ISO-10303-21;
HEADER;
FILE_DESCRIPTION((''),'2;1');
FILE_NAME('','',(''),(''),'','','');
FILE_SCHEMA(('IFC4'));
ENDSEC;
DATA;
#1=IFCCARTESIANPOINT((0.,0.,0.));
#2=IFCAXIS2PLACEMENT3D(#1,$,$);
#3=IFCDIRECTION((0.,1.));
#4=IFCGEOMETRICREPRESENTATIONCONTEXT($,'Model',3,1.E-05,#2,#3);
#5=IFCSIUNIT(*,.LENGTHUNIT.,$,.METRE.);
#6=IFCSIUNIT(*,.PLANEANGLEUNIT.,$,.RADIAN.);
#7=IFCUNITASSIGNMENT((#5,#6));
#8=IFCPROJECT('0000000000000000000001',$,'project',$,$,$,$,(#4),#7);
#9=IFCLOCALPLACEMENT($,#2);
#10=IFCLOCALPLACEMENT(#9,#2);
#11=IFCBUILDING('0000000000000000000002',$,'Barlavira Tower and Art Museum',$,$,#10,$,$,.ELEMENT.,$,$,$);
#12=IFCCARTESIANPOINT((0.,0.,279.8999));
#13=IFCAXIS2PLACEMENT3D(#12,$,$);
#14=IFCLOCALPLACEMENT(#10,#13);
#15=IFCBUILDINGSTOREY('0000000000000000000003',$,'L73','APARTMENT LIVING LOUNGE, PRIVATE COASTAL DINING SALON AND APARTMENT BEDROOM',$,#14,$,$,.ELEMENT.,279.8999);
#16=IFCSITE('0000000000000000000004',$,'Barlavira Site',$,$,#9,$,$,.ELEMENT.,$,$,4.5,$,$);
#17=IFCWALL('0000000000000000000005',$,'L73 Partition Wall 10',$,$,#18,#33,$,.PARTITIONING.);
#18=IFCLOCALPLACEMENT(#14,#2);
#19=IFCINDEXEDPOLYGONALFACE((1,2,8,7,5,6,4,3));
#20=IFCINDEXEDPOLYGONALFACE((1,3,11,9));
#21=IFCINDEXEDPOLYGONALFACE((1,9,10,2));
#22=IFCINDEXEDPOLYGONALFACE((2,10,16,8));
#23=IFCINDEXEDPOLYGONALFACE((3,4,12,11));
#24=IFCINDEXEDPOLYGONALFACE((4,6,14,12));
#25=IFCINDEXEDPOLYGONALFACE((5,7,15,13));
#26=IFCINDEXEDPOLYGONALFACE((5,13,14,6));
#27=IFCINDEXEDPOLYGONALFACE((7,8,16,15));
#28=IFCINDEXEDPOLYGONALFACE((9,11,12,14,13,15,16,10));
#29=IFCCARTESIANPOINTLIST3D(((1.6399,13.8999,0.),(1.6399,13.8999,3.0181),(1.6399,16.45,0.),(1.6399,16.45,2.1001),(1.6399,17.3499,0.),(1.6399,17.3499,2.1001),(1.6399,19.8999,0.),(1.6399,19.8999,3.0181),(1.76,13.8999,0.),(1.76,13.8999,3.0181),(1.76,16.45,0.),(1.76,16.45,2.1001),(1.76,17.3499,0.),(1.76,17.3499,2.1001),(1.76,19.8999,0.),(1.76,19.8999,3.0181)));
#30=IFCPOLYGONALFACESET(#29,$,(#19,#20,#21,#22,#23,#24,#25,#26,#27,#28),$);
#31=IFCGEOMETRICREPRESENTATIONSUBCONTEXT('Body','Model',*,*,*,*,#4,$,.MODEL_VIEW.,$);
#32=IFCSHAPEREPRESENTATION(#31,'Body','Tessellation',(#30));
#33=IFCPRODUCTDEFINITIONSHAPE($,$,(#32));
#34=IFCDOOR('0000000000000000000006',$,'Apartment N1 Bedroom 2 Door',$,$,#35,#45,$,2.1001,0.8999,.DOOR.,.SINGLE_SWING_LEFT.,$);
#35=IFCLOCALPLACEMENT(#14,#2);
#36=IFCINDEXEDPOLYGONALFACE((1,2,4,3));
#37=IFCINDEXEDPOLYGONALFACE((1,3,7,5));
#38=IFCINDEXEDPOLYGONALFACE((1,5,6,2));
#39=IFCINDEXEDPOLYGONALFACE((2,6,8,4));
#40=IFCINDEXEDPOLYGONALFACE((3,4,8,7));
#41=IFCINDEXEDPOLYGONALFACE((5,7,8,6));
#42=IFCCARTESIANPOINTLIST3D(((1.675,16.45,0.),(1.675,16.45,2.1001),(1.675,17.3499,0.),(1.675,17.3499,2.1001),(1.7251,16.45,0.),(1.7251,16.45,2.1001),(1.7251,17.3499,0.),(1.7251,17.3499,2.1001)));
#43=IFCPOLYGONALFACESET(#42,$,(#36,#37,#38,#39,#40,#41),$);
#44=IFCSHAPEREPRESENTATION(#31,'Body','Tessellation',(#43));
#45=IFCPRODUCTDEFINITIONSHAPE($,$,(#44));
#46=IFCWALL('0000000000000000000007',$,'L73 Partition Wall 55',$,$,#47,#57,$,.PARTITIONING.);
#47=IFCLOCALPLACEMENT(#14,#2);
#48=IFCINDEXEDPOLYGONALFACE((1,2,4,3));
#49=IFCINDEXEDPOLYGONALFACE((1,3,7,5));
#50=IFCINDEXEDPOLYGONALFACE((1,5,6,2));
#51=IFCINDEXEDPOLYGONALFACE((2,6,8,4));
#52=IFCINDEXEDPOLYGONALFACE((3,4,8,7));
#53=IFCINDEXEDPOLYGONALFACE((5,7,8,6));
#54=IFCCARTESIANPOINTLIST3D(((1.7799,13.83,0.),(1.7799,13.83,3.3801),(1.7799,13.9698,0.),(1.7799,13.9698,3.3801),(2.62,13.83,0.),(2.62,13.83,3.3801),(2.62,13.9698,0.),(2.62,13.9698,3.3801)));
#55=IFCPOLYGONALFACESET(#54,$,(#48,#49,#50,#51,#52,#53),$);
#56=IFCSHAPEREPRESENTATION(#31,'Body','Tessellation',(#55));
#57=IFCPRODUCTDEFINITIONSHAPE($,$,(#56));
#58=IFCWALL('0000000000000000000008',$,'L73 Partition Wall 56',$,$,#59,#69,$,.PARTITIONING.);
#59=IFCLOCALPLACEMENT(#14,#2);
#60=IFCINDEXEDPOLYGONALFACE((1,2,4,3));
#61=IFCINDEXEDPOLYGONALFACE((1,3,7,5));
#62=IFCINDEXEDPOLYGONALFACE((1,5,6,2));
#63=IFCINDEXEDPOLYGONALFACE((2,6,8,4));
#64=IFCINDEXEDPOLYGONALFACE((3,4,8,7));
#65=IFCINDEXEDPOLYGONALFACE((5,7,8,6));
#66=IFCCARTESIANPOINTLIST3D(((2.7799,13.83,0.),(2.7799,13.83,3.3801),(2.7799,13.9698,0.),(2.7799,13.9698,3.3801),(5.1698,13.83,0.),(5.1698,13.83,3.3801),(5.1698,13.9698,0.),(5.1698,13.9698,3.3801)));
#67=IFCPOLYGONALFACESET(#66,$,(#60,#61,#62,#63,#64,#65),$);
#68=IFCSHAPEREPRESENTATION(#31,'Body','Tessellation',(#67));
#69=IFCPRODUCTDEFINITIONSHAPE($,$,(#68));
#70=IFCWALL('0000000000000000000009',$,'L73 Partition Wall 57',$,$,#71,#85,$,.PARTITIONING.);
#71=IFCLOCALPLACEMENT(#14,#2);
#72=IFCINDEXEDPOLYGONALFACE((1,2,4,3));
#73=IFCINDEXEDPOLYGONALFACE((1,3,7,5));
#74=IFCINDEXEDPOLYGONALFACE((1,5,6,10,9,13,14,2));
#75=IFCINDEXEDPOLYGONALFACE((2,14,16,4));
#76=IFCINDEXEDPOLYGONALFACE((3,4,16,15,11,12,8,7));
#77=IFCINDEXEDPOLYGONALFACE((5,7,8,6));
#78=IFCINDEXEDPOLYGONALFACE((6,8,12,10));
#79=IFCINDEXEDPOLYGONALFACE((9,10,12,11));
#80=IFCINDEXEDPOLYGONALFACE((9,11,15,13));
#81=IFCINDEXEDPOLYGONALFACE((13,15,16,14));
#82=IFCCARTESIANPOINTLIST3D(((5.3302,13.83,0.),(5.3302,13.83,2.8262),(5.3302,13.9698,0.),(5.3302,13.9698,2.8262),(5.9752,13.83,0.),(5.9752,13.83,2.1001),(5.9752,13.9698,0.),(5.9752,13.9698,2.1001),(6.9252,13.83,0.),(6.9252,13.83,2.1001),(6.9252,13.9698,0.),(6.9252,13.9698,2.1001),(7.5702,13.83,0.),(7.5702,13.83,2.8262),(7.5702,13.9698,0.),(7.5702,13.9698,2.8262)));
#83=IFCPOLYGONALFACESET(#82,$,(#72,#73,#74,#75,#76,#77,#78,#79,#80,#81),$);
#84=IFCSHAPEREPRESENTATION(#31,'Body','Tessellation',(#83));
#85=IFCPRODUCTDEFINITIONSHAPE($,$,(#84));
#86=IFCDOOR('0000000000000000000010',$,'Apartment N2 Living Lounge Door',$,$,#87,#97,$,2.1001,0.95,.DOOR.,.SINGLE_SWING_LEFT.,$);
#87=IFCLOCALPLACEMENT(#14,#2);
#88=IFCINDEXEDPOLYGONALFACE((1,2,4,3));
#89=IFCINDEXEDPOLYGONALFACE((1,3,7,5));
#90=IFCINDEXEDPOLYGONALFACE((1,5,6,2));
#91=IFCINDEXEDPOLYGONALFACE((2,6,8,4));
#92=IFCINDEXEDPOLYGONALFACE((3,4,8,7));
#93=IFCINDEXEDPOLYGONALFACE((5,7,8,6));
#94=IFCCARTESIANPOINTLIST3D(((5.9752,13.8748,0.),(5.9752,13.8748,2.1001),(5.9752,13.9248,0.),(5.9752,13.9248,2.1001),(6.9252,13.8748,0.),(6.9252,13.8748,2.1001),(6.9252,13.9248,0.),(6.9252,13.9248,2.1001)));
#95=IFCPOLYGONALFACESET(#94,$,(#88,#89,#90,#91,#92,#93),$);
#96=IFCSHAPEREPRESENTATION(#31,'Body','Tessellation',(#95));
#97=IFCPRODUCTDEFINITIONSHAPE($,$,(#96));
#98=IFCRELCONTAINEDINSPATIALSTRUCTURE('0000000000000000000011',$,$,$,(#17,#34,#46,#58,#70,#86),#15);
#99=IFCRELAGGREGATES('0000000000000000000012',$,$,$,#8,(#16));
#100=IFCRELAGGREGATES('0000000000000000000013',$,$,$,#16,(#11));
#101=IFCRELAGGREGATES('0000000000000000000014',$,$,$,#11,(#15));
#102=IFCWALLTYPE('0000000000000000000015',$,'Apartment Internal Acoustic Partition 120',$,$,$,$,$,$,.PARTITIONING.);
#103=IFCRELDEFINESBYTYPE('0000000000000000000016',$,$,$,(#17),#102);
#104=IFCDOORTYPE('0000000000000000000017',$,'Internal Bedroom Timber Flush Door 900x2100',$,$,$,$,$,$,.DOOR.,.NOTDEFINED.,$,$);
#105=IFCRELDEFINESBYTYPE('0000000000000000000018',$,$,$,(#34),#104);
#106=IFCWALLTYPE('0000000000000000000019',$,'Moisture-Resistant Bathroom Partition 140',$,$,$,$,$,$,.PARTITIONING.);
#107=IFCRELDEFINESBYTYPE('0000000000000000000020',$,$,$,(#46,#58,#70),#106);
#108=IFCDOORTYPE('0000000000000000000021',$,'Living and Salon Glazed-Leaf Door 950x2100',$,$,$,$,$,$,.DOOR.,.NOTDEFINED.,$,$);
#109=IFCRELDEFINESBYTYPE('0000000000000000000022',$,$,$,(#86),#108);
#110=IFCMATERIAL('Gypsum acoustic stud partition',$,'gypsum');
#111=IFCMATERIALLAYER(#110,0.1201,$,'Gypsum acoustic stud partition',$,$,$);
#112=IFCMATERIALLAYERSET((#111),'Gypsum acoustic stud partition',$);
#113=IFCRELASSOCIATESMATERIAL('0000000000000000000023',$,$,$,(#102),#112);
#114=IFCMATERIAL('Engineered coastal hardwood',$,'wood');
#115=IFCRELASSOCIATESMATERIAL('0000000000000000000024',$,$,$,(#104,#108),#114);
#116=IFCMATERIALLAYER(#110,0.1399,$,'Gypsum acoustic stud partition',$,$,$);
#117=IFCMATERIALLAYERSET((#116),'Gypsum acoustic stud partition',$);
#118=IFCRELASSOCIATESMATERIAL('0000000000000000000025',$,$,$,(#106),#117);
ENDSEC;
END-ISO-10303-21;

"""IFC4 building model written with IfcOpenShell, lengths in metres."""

from ifc_helpers import new_model, si_unit, direction, frame, frame_2d, origin, place, context, subcontext, project, spatial, rectangle, extrude, material, layer, layer_set, type_object, element, fill, save


model = new_model("IFC4")

# Units and contexts
model_context = context("Model", 3, precision=1e-05, world=origin(), true_north=direction((0.0, 1.0)))
body_context = subcontext(model_context, "Body", "Model", "MODEL_VIEW")
ifc_project = project(units=[si_unit("LENGTHUNIT", "METRE"), si_unit("PLANEANGLEUNIT", "RADIAN")], contexts=[model_context])

# Site, building, storey
site_placement = place(None, origin())
site = spatial("IfcSite", under=ifc_project, at=site_placement, Name="Barlavira Site", CompositionType="ELEMENT", RefElevation=4.5)
building_placement = place(site_placement, origin())
building = spatial("IfcBuilding", under=site, at=building_placement, Name="Barlavira Tower and Art Museum", CompositionType="ELEMENT")
storey_placement = place(building_placement, frame((0.0, 0.0, 279.8999)))
storey = spatial("IfcBuildingStorey", under=building, at=storey_placement, Name="L73", Description="APARTMENT LIVING LOUNGE, PRIVATE COASTAL DINING SALON AND APARTMENT BEDROOM", CompositionType="ELEMENT", Elevation=279.8999)

# Wall, opening, door
ifc_material_1 = material(Name="Gypsum acoustic stud partition", Category="gypsum")
ifc_layer_1 = layer(ifc_material_1, 0.1201, Name="Gypsum acoustic stud partition")
ifc_layer_set_1 = layer_set([ifc_layer_1], Name="Gypsum acoustic stud partition")
wall_type_1 = type_object("IfcWallType", Name="Apartment Internal Acoustic Partition 120", PredefinedType="PARTITIONING", material=ifc_layer_set_1)
wall_1_placement = place(storey_placement, frame((1.7, 13.8999, 0.0), z_axis=(0.0, 0.0, 1.0), x_axis=(0.0, 1.0, 0.0)))
wall_1 = element("IfcWall", 1, at=wall_1_placement, inside=storey, type_object=wall_type_1, Name="L73 Partition Wall 10", PredefinedType="PARTITIONING", context=body_context, shape_type="SweptSolid", body=[
    extrude(rectangle(XDim=6.0, YDim=0.1201, at=frame_2d((3.0, 0.0))), origin(), (0.0, 0.0, 1.0), 3.0181),
])
opening_1_placement = place(wall_1_placement, frame((2.55, 0.0, 0.0)))
opening_1 = element("IfcOpeningElement", 2, at=opening_1_placement, cuts=wall_1, PredefinedType="OPENING", context=body_context, shape_type="SweptSolid", body=[
    extrude(rectangle(XDim=0.8999, YDim=2.1001, at=frame_2d((0.45, 1.05))), frame((0.0, 0.0701, 0.0), z_axis=(0.0, -1.0, 0.0), x_axis=(1.0, 0.0, 0.0)), (0.0, 0.0, 1.0), 0.1401),
])
ifc_material_2 = material(Name="Engineered coastal hardwood", Category="wood")
door_type_1 = type_object("IfcDoorType", Name="Internal Bedroom Timber Flush Door 900x2100", OperationType="NOTDEFINED", PredefinedType="DOOR", material=ifc_material_2)
door_1_placement = place(opening_1_placement, origin())
door_1 = element("IfcDoor", 3, at=door_1_placement, inside=storey, type_object=door_type_1, Name="Apartment N1 Bedroom 2 Door", OperationType="SINGLE_SWING_LEFT", OverallHeight=2.1001, OverallWidth=0.8999, PredefinedType="DOOR", context=body_context, shape_type="SweptSolid", body=[
    extrude(rectangle(XDim=0.8999, YDim=2.1001, at=frame_2d((0.45, 1.05))), frame((0.0, 0.0249, 0.0), z_axis=(0.0, -1.0, 0.0), x_axis=(1.0, 0.0, 0.0)), (0.0, 0.0, 1.0), 0.05),
])
fill(opening_1, door_1)

# Walls
ifc_layer_2 = layer(ifc_material_1, 0.1399, Name="Gypsum acoustic stud partition")
ifc_layer_set_2 = layer_set([ifc_layer_2], Name="Gypsum acoustic stud partition")
wall_type_2 = type_object("IfcWallType", Name="Moisture-Resistant Bathroom Partition 140", PredefinedType="PARTITIONING", material=ifc_layer_set_2)
wall_2_placement = place(storey_placement, frame((1.78, 13.8999, 0.0), z_axis=(0.0, 0.0, 1.0), x_axis=(1.0, 0.0, 0.0)))
element("IfcWall", 4, at=wall_2_placement, inside=storey, type_object=wall_type_2, Name="L73 Partition Wall 55", PredefinedType="PARTITIONING", context=body_context, shape_type="SweptSolid", body=[
    extrude(rectangle(XDim=0.8401, YDim=0.1399, at=frame_2d((0.4199, 0.0))), origin(), (0.0, 0.0, 1.0), 3.3801),
])
wall_3_placement = place(storey_placement, frame((2.78, 13.8999, 0.0), z_axis=(0.0, 0.0, 1.0), x_axis=(1.0, 0.0, 0.0)))
element("IfcWall", 5, at=wall_3_placement, inside=storey, type_object=wall_type_2, Name="L73 Partition Wall 56", PredefinedType="PARTITIONING", context=body_context, shape_type="SweptSolid", body=[
    extrude(rectangle(XDim=2.3899, YDim=0.1399, at=frame_2d((1.1948, 0.0))), origin(), (0.0, 0.0, 1.0), 3.3801),
])

# Wall, opening, door
wall_4_placement = place(storey_placement, frame((5.3301, 13.8999, 0.0), z_axis=(0.0, 0.0, 1.0), x_axis=(1.0, 0.0, 0.0)))
wall_4 = element("IfcWall", 6, at=wall_4_placement, inside=storey, type_object=wall_type_2, Name="L73 Partition Wall 57", PredefinedType="PARTITIONING", context=body_context, shape_type="SweptSolid", body=[
    extrude(rectangle(XDim=2.24, YDim=0.1399, at=frame_2d((1.1201, 0.0))), origin(), (0.0, 0.0, 1.0), 2.8262),
])
opening_2_placement = place(wall_4_placement, frame((0.645, 0.0, 0.0)))
opening_2 = element("IfcOpeningElement", 7, at=opening_2_placement, cuts=wall_4, PredefinedType="OPENING", context=body_context, shape_type="SweptSolid", body=[
    extrude(rectangle(XDim=0.95, YDim=2.1001, at=frame_2d((0.4751, 1.05))), frame((0.0, 0.0801, 0.0), z_axis=(0.0, -1.0, 0.0), x_axis=(1.0, 0.0, 0.0)), (0.0, 0.0, 1.0), 0.1599),
])
door_type_2 = type_object("IfcDoorType", Name="Living and Salon Glazed-Leaf Door 950x2100", OperationType="NOTDEFINED", PredefinedType="DOOR", material=ifc_material_2)
door_2_placement = place(opening_2_placement, origin())
door_2 = element("IfcDoor", 8, at=door_2_placement, inside=storey, type_object=door_type_2, Name="Apartment N2 Living Lounge Door", OperationType="SINGLE_SWING_LEFT", OverallHeight=2.1001, OverallWidth=0.95, PredefinedType="DOOR", context=body_context, shape_type="SweptSolid", body=[
    extrude(rectangle(XDim=0.95, YDim=2.1001, at=frame_2d((0.4751, 1.05))), frame((0.0, 0.0249, 0.0), z_axis=(0.0, -1.0, 0.0), x_axis=(1.0, 0.0, 0.0)), (0.0, 0.0, 1.0), 0.05),
])
fill(opening_2, door_2)

save(model, "model.ifc")
